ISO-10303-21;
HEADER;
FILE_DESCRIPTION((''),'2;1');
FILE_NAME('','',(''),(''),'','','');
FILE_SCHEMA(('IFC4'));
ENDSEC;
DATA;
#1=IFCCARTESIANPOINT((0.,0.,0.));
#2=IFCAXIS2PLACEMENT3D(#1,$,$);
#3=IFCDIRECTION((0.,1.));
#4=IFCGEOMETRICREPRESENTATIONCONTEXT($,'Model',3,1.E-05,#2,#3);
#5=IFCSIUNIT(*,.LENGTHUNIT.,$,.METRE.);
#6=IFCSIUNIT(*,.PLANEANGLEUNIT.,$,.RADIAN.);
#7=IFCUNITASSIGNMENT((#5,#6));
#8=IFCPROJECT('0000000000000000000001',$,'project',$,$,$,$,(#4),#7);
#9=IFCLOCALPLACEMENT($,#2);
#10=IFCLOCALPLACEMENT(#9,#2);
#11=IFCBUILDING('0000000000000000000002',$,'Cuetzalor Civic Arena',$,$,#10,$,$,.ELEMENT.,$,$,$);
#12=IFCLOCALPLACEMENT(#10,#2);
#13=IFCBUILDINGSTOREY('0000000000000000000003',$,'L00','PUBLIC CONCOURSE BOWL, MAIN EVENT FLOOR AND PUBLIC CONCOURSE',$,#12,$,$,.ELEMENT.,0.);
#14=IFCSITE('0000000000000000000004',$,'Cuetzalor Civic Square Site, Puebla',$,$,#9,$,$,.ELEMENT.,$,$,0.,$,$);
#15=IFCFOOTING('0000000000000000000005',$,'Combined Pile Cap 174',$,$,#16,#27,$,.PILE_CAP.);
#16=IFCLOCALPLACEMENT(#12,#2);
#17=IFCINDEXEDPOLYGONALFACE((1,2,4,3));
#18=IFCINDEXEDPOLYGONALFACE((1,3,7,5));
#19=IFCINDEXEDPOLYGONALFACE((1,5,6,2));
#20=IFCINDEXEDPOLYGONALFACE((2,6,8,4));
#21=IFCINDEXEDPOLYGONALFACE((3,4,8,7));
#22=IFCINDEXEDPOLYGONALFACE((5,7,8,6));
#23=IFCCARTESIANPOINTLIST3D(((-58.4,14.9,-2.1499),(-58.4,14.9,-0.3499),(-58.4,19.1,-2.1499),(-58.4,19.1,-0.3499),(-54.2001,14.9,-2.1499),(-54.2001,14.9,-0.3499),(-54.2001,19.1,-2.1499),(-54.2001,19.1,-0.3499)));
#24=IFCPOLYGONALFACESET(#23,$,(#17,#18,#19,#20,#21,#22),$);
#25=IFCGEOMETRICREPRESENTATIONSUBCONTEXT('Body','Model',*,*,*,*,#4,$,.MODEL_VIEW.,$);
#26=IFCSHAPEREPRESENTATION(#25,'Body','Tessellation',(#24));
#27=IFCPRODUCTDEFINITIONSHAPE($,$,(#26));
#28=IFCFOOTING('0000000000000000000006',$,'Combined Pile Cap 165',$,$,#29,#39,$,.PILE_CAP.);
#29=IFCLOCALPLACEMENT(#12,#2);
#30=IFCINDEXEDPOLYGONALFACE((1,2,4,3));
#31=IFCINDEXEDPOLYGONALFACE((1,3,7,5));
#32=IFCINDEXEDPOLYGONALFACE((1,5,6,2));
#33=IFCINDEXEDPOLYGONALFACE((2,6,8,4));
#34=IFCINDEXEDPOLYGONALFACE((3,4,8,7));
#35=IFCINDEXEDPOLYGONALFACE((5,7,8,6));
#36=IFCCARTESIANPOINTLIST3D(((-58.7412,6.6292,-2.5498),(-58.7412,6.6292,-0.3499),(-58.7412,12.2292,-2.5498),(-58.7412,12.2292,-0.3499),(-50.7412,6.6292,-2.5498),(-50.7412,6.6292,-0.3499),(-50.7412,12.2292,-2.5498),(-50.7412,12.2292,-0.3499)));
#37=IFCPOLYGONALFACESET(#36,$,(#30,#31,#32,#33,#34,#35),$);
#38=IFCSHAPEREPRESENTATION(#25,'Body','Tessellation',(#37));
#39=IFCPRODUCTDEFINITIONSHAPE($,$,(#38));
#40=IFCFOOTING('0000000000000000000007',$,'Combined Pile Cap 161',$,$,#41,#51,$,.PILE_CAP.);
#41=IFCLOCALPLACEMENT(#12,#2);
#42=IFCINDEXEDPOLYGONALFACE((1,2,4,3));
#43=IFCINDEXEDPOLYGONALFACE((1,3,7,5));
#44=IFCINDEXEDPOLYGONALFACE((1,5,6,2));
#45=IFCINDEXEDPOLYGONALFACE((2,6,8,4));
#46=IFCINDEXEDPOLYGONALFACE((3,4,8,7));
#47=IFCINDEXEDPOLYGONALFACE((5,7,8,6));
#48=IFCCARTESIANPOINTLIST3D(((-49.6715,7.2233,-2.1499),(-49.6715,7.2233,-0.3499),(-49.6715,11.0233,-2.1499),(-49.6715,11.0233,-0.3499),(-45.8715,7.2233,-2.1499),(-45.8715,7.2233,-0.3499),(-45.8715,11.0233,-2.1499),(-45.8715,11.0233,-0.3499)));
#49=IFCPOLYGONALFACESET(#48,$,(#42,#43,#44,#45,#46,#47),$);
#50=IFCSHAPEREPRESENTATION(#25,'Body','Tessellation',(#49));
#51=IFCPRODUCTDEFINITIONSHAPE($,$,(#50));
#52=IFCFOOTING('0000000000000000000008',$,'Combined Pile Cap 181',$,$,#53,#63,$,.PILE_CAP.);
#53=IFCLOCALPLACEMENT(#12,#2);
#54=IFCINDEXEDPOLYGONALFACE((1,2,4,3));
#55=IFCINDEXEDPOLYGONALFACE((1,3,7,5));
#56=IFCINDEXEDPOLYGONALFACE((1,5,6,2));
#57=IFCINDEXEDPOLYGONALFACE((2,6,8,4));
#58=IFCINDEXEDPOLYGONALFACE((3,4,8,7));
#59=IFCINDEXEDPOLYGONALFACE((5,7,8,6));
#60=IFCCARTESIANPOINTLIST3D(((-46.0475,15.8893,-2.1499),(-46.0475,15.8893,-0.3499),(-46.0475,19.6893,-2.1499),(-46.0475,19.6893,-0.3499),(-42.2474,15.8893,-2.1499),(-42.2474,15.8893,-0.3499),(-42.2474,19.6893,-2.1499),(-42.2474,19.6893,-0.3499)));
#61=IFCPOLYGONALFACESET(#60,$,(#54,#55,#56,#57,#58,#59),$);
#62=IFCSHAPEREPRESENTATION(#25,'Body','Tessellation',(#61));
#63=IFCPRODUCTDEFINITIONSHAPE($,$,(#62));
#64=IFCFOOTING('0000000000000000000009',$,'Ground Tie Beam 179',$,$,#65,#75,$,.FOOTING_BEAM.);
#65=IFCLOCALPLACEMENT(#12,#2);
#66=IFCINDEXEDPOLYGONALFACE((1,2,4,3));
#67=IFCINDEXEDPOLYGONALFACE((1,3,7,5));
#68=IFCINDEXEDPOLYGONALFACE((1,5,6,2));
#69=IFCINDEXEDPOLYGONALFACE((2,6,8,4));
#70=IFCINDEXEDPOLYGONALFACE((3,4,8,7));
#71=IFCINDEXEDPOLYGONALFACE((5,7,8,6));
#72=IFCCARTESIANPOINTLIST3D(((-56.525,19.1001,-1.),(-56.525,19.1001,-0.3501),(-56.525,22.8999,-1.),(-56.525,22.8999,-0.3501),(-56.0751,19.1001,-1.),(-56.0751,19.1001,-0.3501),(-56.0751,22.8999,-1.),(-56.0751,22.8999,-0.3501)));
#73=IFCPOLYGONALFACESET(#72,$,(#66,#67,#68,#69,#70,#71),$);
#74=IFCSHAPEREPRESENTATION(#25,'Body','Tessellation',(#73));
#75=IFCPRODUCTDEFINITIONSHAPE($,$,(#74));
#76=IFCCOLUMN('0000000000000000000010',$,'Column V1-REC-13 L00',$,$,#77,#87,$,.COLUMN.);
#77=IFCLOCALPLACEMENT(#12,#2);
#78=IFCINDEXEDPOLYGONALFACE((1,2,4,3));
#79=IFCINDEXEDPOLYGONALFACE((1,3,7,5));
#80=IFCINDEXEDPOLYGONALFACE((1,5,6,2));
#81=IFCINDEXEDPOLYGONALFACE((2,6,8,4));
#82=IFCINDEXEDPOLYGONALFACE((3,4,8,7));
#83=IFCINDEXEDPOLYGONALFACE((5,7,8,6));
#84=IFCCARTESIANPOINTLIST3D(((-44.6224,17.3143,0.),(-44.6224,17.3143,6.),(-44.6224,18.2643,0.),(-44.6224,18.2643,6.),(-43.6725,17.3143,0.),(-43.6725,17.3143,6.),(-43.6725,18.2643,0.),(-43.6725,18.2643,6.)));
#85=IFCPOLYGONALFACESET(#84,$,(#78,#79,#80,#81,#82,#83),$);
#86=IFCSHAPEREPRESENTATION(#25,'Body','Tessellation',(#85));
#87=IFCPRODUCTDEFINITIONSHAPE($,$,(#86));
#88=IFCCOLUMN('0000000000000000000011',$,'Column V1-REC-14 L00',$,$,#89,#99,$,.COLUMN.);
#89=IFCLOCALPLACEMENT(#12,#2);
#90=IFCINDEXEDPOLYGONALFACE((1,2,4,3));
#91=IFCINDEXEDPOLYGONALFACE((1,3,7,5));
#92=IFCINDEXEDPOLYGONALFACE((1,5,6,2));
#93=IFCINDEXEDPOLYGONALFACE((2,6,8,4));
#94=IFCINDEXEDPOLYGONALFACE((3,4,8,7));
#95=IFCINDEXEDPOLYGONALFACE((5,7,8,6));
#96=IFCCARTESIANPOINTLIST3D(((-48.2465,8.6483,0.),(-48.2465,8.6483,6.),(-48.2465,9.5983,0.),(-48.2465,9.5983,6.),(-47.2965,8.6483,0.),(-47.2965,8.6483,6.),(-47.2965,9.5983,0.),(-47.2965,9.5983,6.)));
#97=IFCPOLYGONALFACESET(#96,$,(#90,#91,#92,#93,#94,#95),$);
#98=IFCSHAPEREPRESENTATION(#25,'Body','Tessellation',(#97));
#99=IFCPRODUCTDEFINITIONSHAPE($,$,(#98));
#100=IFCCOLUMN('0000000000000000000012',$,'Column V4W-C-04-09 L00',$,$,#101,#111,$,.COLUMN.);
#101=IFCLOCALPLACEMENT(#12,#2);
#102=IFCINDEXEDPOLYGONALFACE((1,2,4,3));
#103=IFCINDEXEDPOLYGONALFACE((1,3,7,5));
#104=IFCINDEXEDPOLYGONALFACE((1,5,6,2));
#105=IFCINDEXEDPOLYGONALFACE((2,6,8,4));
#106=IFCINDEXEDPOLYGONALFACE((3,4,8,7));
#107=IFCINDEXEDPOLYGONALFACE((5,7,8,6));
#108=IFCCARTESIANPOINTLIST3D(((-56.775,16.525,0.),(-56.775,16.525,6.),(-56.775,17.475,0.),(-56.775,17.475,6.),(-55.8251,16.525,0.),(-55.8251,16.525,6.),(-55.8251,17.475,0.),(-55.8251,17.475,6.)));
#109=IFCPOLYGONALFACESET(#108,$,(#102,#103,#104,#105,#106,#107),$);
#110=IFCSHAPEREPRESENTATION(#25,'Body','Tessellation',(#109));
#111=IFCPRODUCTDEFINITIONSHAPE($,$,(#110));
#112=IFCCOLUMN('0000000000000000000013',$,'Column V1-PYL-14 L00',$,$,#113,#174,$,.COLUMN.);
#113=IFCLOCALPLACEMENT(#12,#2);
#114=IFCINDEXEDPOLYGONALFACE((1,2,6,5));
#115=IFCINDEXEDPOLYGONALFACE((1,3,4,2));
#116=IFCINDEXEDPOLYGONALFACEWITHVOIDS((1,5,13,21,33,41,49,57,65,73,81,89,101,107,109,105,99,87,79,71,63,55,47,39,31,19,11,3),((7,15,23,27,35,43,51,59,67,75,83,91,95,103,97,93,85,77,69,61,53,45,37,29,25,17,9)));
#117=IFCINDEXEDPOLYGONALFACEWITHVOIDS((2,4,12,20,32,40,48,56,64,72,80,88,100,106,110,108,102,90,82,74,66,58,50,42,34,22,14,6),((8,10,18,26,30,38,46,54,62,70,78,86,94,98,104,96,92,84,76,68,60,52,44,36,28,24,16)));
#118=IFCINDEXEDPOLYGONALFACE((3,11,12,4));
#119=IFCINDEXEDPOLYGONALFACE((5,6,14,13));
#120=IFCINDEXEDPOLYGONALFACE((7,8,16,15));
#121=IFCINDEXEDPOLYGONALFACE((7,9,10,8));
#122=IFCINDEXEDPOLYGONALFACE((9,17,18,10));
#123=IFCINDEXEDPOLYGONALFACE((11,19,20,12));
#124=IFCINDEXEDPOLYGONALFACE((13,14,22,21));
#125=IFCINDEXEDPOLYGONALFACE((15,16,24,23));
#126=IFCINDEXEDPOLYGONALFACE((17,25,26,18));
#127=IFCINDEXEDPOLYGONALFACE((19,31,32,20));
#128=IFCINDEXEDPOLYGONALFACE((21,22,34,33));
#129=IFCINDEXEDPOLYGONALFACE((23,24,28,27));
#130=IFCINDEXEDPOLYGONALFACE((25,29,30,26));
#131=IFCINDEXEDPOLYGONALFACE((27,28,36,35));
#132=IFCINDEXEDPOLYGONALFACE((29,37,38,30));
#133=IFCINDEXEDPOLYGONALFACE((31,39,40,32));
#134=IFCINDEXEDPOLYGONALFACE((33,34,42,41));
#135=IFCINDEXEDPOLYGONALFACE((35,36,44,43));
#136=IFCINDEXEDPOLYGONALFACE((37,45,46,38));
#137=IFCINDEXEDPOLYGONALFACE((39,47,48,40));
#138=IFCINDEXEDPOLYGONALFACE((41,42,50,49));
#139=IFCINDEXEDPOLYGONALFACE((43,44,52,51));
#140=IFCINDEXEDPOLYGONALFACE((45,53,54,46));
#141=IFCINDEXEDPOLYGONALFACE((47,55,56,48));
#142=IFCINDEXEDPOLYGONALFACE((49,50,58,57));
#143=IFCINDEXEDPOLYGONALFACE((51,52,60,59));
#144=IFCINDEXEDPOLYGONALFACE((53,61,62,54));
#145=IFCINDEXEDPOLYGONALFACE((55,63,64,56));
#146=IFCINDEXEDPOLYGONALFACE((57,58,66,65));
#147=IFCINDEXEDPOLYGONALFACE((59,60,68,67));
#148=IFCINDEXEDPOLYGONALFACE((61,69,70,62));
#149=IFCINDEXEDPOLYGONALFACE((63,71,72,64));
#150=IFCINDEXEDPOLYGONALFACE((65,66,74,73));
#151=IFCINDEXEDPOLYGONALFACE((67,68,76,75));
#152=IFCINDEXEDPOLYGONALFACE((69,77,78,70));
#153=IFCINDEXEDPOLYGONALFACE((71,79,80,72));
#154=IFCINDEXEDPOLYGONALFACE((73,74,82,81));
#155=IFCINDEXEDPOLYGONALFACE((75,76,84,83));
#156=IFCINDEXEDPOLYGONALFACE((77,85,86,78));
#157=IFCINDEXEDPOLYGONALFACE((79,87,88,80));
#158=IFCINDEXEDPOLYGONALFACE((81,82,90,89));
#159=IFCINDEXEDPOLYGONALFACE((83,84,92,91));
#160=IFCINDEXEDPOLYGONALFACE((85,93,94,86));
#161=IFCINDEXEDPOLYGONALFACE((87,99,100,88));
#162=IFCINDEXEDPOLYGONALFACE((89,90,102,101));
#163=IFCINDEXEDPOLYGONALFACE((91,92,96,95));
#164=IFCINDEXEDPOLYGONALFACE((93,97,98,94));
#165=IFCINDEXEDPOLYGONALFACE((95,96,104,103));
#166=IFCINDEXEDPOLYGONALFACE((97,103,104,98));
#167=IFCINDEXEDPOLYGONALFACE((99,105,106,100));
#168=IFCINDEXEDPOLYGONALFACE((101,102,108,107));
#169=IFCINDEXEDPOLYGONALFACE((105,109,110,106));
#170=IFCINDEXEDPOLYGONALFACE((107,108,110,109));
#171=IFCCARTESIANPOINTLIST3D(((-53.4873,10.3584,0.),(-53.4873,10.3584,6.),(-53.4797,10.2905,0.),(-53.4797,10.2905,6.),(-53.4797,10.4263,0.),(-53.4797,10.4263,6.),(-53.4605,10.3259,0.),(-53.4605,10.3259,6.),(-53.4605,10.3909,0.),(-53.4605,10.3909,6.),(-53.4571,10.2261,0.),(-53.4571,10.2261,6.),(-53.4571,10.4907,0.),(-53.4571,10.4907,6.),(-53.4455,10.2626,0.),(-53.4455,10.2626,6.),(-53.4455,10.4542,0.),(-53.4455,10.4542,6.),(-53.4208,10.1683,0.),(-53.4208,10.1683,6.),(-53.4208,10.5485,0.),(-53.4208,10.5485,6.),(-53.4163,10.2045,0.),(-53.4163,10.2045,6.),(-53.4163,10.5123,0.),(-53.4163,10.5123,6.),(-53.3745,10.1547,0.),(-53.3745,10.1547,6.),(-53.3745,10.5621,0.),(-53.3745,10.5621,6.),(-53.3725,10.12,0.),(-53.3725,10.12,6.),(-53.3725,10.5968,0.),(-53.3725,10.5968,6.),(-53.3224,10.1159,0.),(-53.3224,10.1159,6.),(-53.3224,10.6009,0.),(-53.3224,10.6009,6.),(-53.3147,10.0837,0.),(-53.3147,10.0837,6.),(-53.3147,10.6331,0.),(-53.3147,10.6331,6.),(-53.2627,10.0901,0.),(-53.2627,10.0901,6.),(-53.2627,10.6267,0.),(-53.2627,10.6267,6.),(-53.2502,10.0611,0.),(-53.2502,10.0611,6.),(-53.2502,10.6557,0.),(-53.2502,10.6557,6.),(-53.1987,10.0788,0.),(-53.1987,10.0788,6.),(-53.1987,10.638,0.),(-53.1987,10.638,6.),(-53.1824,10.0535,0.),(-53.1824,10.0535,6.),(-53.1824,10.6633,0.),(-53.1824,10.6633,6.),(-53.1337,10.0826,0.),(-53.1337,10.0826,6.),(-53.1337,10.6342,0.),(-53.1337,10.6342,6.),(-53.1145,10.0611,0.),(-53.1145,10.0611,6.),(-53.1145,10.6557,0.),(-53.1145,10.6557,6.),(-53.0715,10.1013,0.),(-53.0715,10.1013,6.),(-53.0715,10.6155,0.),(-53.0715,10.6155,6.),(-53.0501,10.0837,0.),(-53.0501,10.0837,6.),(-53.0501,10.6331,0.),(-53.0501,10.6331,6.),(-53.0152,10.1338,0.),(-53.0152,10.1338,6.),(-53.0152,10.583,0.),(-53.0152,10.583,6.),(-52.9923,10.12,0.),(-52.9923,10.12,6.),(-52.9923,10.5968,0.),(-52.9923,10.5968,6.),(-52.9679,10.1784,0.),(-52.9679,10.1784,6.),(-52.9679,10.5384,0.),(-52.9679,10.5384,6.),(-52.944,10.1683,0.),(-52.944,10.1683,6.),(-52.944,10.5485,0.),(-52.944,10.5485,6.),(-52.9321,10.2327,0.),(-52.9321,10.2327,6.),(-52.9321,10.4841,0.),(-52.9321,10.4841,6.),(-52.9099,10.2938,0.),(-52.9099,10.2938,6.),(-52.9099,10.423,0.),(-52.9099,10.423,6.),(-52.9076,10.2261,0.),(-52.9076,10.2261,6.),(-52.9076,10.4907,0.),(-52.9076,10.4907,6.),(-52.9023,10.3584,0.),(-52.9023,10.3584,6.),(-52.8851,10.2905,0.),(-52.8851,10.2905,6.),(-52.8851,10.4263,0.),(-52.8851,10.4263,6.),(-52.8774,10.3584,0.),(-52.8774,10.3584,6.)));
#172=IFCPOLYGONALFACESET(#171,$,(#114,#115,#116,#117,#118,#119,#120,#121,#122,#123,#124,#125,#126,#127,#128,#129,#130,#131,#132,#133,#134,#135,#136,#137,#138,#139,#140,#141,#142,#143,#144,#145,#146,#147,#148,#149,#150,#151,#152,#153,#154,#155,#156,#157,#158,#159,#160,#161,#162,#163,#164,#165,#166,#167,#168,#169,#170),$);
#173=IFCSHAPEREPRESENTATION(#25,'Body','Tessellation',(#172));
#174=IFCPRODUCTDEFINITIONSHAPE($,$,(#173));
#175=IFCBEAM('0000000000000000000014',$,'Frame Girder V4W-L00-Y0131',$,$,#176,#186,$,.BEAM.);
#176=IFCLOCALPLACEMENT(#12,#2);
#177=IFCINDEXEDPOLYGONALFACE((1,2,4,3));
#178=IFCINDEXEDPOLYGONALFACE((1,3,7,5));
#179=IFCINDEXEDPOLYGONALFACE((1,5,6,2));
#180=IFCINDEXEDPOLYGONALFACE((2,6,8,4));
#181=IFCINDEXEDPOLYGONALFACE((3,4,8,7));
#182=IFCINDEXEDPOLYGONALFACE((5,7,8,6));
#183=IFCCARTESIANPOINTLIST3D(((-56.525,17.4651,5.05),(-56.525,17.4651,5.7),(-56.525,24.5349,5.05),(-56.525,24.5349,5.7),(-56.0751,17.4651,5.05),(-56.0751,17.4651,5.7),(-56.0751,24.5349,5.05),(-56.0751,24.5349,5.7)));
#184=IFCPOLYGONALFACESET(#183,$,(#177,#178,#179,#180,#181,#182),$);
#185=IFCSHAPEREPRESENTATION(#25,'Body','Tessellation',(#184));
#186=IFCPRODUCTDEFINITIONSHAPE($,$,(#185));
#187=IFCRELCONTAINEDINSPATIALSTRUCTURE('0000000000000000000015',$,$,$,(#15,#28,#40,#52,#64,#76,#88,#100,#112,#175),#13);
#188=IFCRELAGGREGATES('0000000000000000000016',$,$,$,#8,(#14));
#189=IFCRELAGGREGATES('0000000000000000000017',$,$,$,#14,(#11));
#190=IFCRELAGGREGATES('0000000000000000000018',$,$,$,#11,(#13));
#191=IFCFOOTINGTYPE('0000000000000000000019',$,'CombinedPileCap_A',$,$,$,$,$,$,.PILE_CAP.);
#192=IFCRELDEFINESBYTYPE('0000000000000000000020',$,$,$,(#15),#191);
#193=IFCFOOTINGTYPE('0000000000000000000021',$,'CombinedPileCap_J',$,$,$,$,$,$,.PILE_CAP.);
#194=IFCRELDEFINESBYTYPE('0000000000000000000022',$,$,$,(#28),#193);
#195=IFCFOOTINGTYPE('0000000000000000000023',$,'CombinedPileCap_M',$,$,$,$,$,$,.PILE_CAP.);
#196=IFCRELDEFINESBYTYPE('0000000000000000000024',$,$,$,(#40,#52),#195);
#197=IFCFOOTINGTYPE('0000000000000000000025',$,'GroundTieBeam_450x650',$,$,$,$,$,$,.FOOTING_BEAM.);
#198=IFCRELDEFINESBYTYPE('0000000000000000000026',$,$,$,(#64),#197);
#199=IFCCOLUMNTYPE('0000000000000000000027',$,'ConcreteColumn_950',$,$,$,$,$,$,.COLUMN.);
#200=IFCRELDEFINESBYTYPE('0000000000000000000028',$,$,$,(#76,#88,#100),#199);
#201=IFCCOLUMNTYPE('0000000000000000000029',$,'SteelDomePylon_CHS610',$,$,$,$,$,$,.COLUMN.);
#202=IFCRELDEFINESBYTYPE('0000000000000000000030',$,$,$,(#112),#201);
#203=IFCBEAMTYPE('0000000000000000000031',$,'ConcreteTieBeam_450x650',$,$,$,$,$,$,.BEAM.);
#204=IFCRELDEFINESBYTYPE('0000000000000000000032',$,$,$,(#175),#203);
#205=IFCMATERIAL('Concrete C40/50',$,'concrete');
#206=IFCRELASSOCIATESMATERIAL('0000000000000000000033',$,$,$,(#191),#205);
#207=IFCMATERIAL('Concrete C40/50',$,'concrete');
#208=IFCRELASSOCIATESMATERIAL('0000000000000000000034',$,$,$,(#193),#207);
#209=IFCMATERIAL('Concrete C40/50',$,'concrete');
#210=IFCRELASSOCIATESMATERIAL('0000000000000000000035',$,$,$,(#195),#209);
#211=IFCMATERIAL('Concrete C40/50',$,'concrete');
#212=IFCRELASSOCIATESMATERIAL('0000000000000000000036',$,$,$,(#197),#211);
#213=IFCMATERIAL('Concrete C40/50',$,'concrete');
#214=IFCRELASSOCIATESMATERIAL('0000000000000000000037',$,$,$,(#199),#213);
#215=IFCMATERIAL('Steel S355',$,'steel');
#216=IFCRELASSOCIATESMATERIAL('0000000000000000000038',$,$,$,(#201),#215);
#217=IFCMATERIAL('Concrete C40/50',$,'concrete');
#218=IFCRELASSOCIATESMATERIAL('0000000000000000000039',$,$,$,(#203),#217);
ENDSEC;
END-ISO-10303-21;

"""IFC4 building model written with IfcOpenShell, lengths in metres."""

from ifc_helpers import new_model, si_unit, direction, frame, origin, origin_2d, place, context, subcontext, project, spatial, rectangle, hollow_circle, extrude, material, material_profile, profile_set, type_object, element, save


model = new_model("IFC4")

# Units and contexts
model_context = context("Model", 3, precision=1e-05, world=origin(), true_north=direction((0.0, 1.0)))
body_context = subcontext(model_context, "Body", "Model", "MODEL_VIEW")
ifc_project = project(units=[si_unit("LENGTHUNIT", "METRE"), si_unit("PLANEANGLEUNIT", "RADIAN")], contexts=[model_context])

# Site, building, storey
site_placement = place(None, origin())
site = spatial("IfcSite", under=ifc_project, at=site_placement, Name="Cuetzalor Civic Square Site, Puebla", CompositionType="ELEMENT", RefElevation=0.0)
building_placement = place(site_placement, origin())
building = spatial("IfcBuilding", under=site, at=building_placement, Name="Cuetzalor Civic Arena", CompositionType="ELEMENT")
storey_placement = place(building_placement, origin())
storey = spatial("IfcBuildingStorey", under=building, at=storey_placement, Name="L00", Description="PUBLIC CONCOURSE BOWL, MAIN EVENT FLOOR AND PUBLIC CONCOURSE", CompositionType="ELEMENT", Elevation=0.0)

# Footings
ifc_material_1 = material(Name="Concrete C40/50", Category="concrete")
footing_type_1 = type_object("IfcFootingType", Name="CombinedPileCap_A", PredefinedType="PILE_CAP", material=ifc_material_1)
footing_1_placement = place(storey_placement, frame((-56.3, 17.0, -2.1499), z_axis=(0.0, 0.0, 1.0), x_axis=(1.0, 0.0, 0.0)))
element("IfcFooting", 1, at=footing_1_placement, inside=storey, type_object=footing_type_1, Name="Combined Pile Cap 174", PredefinedType="PILE_CAP", context=body_context, shape_type="SweptSolid", body=[
    extrude(rectangle(XDim=4.2, YDim=4.2, at=origin_2d()), origin(), (0.0, 0.0, 1.0), 1.8),
])
ifc_material_2 = material(Name="Concrete C40/50", Category="concrete")
footing_type_2 = type_object("IfcFootingType", Name="CombinedPileCap_J", PredefinedType="PILE_CAP", material=ifc_material_2)
footing_2_placement = place(storey_placement, frame((-54.7412, 9.4292, -2.5498), z_axis=(0.0, 0.0, 1.0), x_axis=(1.0, 0.0, 0.0)))
element("IfcFooting", 2, at=footing_2_placement, inside=storey, type_object=footing_type_2, Name="Combined Pile Cap 165", PredefinedType="PILE_CAP", context=body_context, shape_type="SweptSolid", body=[
    extrude(rectangle(XDim=8.0, YDim=5.6001, at=origin_2d()), origin(), (0.0, 0.0, 1.0), 2.2),
])
ifc_material_3 = material(Name="Concrete C40/50", Category="concrete")
footing_type_3 = type_object("IfcFootingType", Name="CombinedPileCap_M", PredefinedType="PILE_CAP", material=ifc_material_3)
for number, where, z_axis, x_axis, name in (
    (3, (-47.7715, 9.1233, -2.1499), (0.0, 0.0, 1.0), (1.0, 0.0, 0.0), "Combined Pile Cap 161"),
    (4, (-44.1475, 17.7893, -2.1499), (0.0, 0.0, 1.0), (1.0, 0.0, 0.0), "Combined Pile Cap 181"),
):
    element("IfcFooting", number, at=place(storey_placement, frame(where, z_axis=z_axis, x_axis=x_axis)), inside=storey, type_object=footing_type_3, Name=name, PredefinedType="PILE_CAP", context=body_context, shape_type="SweptSolid", body=[
        extrude(rectangle(XDim=3.8, YDim=3.8, at=origin_2d()), origin(), (0.0, 0.0, 1.0), 1.8),
    ])
ifc_material_4 = material(Name="Concrete C40/50", Category="concrete")
ifc_material_profile_1 = material_profile(ifc_material_4, rectangle(XDim=0.45, YDim=0.6499, at=origin_2d()), Name="RC 450x650")
ifc_profile_set_1 = profile_set([ifc_material_profile_1], Name="Concrete C40/50")
footing_type_4 = type_object("IfcFootingType", Name="GroundTieBeam_450x650", PredefinedType="FOOTING_BEAM", material=ifc_profile_set_1)
footing_3_placement = place(storey_placement, frame((-56.3, 19.1001, -0.675), z_axis=(0.0, 1.0, 0.0), x_axis=(-1.0, 0.0, 0.0)))
element("IfcFooting", 5, at=footing_3_placement, inside=storey, type_object=footing_type_4, Name="Ground Tie Beam 179", PredefinedType="FOOTING_BEAM", context=body_context, shape_type="SweptSolid", body=[
    extrude(rectangle(XDim=0.45, YDim=0.6499, at=origin_2d()), origin(), (0.0, 0.0, 1.0), 3.7998),
])

# Columns
ifc_material_5 = material(Name="Concrete C40/50", Category="concrete")
ifc_material_profile_2 = material_profile(ifc_material_5, rectangle(XDim=0.95, YDim=0.95, at=origin_2d()), Name="RC 950x950")
ifc_profile_set_2 = profile_set([ifc_material_profile_2], Name="Concrete C40/50")
column_type_1 = type_object("IfcColumnType", Name="ConcreteColumn_950", PredefinedType="COLUMN", material=ifc_profile_set_2)
for number, where, z_axis, x_axis, name in (
    (6, (-44.1475, 17.7893, 0.0), (0.0, 0.0, 1.0), (1.0, 0.0, 0.0), "Column V1-REC-13 L00"),
    (7, (-47.7715, 9.1233, 0.0), (0.0, 0.0, 1.0), (1.0, 0.0, 0.0), "Column V1-REC-14 L00"),
    (8, (-56.3, 17.0, 0.0), (0.0, 0.0, 1.0), (1.0, 0.0, 0.0), "Column V4W-C-04-09 L00"),
):
    element("IfcColumn", number, at=place(storey_placement, frame(where, z_axis=z_axis, x_axis=x_axis)), inside=storey, type_object=column_type_1, Name=name, PredefinedType="COLUMN", context=body_context, shape_type="SweptSolid", body=[
        extrude(rectangle(XDim=0.95, YDim=0.95, at=origin_2d()), origin(), (0.0, 0.0, 1.0), 6.0),
    ])
ifc_material_6 = material(Name="Steel S355", Category="steel")
ifc_material_profile_3 = material_profile(ifc_material_6, hollow_circle(Radius=0.3049, WallThickness=0.0249, at=origin_2d()), Name="CHS 610x25")
ifc_profile_set_3 = profile_set([ifc_material_profile_3], Name="Steel S355")
column_type_2 = type_object("IfcColumnType", Name="SteelDomePylon_CHS610", PredefinedType="COLUMN", material=ifc_profile_set_3)
column_placement = place(storey_placement, frame((-53.1824, 10.3584, 0.0), z_axis=(0.0, 0.0, 1.0), x_axis=(1.0, 0.0, 0.0)))
element("IfcColumn", 9, at=column_placement, inside=storey, type_object=column_type_2, Name="Column V1-PYL-14 L00", PredefinedType="COLUMN", context=body_context, shape_type="SweptSolid", body=[
    extrude(hollow_circle(Radius=0.3049, WallThickness=0.0249, at=origin_2d()), origin(), (0.0, 0.0, 1.0), 6.0),
])

# Beam
ifc_material_7 = material(Name="Concrete C40/50", Category="concrete")
ifc_material_profile_4 = material_profile(ifc_material_7, rectangle(XDim=0.45, YDim=0.6499, at=origin_2d()), Name="RC 450x650")
ifc_profile_set_4 = profile_set([ifc_material_profile_4], Name="Concrete C40/50")
beam_type_1 = type_object("IfcBeamType", Name="ConcreteTieBeam_450x650", PredefinedType="BEAM", material=ifc_profile_set_4)
beam_1_placement = place(storey_placement, frame((-56.3, 17.4651, 5.375), z_axis=(0.0, 1.0, 0.0), x_axis=(-1.0, 0.0, 0.0)))
element("IfcBeam", 10, at=beam_1_placement, inside=storey, type_object=beam_type_1, Name="Frame Girder V4W-L00-Y0131", PredefinedType="BEAM", context=body_context, shape_type="SweptSolid", body=[
    extrude(rectangle(XDim=0.45, YDim=0.6499, at=origin_2d()), origin(), (0.0, 0.0, 1.0), 7.0698),
])

save(model, "model.ifc")
